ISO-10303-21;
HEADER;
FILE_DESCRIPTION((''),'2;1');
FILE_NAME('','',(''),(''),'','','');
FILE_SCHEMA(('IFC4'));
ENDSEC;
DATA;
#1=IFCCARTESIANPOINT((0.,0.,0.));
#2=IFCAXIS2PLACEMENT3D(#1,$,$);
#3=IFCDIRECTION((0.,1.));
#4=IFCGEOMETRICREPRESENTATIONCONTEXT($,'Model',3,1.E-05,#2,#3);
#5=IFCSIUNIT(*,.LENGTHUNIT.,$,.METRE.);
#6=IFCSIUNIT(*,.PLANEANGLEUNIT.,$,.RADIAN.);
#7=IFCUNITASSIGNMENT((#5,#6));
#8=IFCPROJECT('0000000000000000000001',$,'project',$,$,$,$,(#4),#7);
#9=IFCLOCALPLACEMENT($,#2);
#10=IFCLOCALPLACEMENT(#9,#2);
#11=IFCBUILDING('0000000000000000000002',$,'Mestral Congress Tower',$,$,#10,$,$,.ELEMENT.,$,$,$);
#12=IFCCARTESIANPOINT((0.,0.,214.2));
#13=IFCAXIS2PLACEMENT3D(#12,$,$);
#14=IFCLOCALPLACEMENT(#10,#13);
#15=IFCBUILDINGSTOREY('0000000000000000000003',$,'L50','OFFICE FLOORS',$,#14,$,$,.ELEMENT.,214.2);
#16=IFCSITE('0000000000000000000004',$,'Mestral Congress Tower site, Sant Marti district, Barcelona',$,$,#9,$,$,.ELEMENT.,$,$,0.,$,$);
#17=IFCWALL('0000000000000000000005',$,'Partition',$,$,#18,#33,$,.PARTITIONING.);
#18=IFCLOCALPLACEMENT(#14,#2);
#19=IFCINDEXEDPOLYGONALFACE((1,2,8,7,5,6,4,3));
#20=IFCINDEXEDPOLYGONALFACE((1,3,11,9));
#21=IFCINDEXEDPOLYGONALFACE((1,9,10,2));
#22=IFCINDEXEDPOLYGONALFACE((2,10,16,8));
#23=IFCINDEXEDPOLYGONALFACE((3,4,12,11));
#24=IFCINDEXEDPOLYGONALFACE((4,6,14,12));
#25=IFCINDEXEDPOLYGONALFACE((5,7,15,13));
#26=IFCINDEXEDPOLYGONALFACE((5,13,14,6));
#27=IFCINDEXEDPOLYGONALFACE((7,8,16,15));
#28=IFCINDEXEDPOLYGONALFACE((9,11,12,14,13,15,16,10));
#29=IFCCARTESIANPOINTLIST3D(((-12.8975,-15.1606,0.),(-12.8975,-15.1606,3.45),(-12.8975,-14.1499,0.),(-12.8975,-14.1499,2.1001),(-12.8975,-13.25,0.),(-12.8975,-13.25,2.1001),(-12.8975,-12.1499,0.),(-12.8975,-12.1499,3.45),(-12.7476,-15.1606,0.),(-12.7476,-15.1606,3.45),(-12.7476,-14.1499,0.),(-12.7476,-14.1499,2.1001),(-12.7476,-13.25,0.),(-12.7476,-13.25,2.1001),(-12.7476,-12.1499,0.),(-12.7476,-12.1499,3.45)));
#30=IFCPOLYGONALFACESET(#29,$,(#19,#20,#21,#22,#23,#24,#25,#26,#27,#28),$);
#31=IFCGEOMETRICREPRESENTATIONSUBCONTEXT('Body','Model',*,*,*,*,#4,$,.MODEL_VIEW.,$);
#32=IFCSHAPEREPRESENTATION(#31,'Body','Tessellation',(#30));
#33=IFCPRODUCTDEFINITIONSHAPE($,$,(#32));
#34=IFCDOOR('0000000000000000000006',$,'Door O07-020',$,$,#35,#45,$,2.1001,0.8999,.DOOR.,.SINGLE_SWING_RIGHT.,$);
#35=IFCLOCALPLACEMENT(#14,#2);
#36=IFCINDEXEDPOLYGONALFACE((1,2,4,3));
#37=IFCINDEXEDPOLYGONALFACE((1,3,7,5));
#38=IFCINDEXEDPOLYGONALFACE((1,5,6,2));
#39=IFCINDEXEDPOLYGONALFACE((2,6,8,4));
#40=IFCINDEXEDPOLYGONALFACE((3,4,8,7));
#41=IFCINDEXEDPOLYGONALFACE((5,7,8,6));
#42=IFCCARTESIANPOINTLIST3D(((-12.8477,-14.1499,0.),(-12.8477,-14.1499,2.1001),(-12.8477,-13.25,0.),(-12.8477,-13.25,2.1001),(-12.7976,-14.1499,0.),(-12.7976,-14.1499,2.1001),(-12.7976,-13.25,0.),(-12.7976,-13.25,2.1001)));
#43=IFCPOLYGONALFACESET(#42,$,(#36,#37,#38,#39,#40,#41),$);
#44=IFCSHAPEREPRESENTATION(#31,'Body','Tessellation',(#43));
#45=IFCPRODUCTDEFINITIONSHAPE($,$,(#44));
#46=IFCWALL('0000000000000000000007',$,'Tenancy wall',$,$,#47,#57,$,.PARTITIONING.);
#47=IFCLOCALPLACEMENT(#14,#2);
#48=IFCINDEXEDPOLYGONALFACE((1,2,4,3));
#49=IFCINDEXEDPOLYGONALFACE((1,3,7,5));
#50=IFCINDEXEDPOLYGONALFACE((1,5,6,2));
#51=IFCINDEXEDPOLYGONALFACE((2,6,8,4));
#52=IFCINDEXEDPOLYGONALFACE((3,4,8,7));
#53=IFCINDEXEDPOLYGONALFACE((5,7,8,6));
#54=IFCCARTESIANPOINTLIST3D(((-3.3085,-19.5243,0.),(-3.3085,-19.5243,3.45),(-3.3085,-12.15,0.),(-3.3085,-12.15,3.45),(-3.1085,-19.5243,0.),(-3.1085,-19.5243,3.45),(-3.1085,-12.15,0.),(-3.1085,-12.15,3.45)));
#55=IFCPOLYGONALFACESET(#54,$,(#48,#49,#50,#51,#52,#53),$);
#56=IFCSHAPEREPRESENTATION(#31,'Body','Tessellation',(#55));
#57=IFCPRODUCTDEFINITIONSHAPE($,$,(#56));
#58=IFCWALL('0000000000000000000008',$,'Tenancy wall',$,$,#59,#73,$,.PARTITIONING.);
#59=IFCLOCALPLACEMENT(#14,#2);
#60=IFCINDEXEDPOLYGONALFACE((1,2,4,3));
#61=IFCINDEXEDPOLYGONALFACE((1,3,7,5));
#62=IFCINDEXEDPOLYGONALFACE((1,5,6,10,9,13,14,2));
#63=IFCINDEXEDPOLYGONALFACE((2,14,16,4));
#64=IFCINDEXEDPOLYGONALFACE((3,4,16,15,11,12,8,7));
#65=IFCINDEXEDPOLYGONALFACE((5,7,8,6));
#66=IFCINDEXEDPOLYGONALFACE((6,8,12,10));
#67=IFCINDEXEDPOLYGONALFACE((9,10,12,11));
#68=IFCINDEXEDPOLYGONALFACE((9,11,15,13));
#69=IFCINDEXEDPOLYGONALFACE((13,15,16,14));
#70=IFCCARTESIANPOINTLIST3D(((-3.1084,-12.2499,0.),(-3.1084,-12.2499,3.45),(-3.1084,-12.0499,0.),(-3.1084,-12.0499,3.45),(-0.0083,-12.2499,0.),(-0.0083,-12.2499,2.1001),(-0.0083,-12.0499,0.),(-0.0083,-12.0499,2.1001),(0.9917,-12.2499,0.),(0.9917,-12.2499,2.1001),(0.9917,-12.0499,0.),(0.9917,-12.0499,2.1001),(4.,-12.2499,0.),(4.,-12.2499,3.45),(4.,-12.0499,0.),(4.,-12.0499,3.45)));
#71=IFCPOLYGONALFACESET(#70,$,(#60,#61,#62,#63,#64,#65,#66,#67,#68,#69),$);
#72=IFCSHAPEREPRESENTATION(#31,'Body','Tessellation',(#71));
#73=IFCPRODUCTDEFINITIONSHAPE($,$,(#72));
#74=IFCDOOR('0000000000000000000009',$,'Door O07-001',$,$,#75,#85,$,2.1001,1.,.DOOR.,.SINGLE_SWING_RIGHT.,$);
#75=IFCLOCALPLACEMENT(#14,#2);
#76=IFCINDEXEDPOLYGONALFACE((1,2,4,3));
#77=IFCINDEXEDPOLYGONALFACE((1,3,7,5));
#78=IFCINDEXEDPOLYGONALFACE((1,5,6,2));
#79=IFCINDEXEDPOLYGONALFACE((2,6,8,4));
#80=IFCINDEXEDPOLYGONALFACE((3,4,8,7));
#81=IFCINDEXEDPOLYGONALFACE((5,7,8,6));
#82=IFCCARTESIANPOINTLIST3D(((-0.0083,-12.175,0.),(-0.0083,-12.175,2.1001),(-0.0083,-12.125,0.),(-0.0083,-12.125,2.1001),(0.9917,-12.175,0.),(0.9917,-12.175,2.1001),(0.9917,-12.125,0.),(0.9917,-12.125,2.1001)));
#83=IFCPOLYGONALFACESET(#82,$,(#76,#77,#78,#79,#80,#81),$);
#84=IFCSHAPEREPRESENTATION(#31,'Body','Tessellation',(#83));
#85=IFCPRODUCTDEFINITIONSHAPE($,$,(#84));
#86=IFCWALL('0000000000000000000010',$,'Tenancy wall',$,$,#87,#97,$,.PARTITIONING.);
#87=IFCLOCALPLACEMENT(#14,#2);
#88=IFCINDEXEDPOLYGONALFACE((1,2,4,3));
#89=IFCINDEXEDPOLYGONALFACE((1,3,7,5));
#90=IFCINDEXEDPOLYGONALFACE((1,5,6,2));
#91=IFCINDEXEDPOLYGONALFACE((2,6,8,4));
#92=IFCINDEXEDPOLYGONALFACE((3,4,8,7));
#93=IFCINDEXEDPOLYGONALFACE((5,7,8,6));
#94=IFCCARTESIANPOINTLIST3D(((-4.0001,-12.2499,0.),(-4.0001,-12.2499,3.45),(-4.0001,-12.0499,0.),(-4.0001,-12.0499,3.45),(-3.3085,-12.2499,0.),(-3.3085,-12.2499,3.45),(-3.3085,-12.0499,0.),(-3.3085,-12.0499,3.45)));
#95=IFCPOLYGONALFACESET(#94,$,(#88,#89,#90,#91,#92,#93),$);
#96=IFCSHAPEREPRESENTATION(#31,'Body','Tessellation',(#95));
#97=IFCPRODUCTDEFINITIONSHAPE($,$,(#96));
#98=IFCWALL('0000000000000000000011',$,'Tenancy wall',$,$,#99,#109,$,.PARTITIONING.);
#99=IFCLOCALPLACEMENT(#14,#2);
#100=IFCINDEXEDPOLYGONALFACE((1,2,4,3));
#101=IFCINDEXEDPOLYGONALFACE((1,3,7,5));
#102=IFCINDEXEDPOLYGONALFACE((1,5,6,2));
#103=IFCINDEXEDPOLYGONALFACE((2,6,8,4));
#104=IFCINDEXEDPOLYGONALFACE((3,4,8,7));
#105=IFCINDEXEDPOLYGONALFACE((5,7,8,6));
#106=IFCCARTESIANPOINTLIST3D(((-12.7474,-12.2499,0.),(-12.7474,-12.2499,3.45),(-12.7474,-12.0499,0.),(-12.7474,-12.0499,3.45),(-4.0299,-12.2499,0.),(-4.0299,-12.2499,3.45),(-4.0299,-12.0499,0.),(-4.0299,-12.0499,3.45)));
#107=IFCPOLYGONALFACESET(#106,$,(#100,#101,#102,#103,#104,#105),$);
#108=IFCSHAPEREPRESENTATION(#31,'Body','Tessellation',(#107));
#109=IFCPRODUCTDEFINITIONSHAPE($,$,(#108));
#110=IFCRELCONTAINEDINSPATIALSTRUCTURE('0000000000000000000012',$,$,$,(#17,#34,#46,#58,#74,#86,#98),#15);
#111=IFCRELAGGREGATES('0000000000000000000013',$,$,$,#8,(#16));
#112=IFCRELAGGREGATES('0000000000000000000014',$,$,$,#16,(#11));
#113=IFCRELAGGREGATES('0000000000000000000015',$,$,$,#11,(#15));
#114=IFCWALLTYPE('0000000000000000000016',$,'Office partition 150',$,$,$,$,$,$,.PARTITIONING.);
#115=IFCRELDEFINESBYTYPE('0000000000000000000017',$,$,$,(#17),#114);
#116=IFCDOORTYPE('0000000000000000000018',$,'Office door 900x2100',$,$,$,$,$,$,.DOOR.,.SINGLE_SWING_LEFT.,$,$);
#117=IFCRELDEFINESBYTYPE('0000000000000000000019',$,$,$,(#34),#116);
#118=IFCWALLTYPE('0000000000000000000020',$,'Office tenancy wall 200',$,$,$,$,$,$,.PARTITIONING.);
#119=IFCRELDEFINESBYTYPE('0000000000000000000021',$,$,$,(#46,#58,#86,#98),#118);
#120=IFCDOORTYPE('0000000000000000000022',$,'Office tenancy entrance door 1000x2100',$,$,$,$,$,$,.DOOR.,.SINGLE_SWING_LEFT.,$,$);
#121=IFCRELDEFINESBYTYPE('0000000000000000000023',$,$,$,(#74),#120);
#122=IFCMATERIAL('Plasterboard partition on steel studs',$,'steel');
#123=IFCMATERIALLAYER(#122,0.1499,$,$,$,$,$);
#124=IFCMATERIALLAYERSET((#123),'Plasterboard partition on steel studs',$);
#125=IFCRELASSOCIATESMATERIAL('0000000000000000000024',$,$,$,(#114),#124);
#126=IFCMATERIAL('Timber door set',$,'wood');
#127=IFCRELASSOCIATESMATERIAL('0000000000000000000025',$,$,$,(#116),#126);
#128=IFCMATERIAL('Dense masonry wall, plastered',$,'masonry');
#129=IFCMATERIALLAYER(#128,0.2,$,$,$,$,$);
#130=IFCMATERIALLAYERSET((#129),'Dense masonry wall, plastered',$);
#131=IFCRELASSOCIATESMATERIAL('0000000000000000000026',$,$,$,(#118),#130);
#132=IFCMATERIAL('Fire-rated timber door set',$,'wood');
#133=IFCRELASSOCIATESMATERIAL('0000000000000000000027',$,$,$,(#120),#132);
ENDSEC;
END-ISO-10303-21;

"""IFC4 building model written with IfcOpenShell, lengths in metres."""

from ifc_helpers import new_model, si_unit, direction, frame, frame_2d, origin, place, context, subcontext, project, spatial, rectangle, extrude, material, layer, layer_set, type_object, element, fill, save


model = new_model("IFC4")

# Units and contexts
model_context = context("Model", 3, precision=1e-05, world=origin(), true_north=direction((0.0, 1.0)))
body_context = subcontext(model_context, "Body", "Model", "MODEL_VIEW")
ifc_project = project(units=[si_unit("LENGTHUNIT", "METRE"), si_unit("PLANEANGLEUNIT", "RADIAN")], contexts=[model_context])

# Site, building, storey
site_placement = place(None, origin())
site = spatial("IfcSite", under=ifc_project, at=site_placement, Name="Mestral Congress Tower site, Sant Marti district, Barcelona", CompositionType="ELEMENT", RefElevation=0.0)
building_placement = place(site_placement, origin())
building = spatial("IfcBuilding", under=site, at=building_placement, Name="Mestral Congress Tower", CompositionType="ELEMENT")
storey_placement = place(building_placement, frame((0.0, 0.0, 214.2)))
storey = spatial("IfcBuildingStorey", under=building, at=storey_placement, Name="L50", Description="OFFICE FLOORS", CompositionType="ELEMENT", Elevation=214.2)

# Shared definitions
ifc_material_1 = material(Name="Plasterboard partition on steel studs", Category="steel")
ifc_layer_1 = layer(ifc_material_1, 0.1499)
ifc_layer_set_1 = layer_set([ifc_layer_1], Name="Plasterboard partition on steel studs")
wall_type_1 = type_object("IfcWallType", Name="Office partition 150", PredefinedType="PARTITIONING", material=ifc_layer_set_1)
ifc_material_2 = material(Name="Timber door set", Category="wood")
door_type_1 = type_object("IfcDoorType", Name="Office door 900x2100", OperationType="SINGLE_SWING_LEFT", PredefinedType="DOOR", material=ifc_material_2)

# Wall, opening, door
wall_1_placement = place(storey_placement, frame((-12.8225, -12.1499, 0.0), z_axis=(0.0, 0.0, 1.0), x_axis=(0.0, -1.0, 0.0)))
wall_1 = element("IfcWall", 1, at=wall_1_placement, inside=storey, type_object=wall_type_1, Name="Partition", PredefinedType="PARTITIONING", context=body_context, shape_type="SweptSolid", body=[
    extrude(rectangle(XDim=3.0107, YDim=0.1499, at=frame_2d((1.5054, 0.0))), origin(), (0.0, 0.0, 1.0), 3.45),
])
opening_1_placement = place(wall_1_placement, frame((1.1001, 0.0, 0.0)))
opening_1 = element("IfcOpeningElement", 2, at=opening_1_placement, cuts=wall_1, PredefinedType="OPENING", context=body_context, shape_type="SweptSolid", body=[
    extrude(rectangle(XDim=0.8999, YDim=2.1001, at=frame_2d((0.45, 1.05))), frame((0.0, 0.085, 0.0), z_axis=(0.0, -1.0, 0.0), x_axis=(1.0, 0.0, 0.0)), (0.0, 0.0, 1.0), 0.1699),
])
door_1_placement = place(opening_1_placement, origin())
door_1 = element("IfcDoor", 3, at=door_1_placement, inside=storey, type_object=door_type_1, Name="Door O07-020", OperationType="SINGLE_SWING_RIGHT", OverallHeight=2.1001, OverallWidth=0.8999, PredefinedType="DOOR", context=body_context, shape_type="SweptSolid", body=[
    extrude(rectangle(XDim=0.8999, YDim=2.1001, at=frame_2d((0.45, 1.05))), frame((0.0, 0.0249, 0.0), z_axis=(0.0, -1.0, 0.0), x_axis=(1.0, 0.0, 0.0)), (0.0, 0.0, 1.0), 0.05),
])
fill(opening_1, door_1)

# Wall
ifc_material_3 = material(Name="Dense masonry wall, plastered", Category="masonry")
ifc_layer_2 = layer(ifc_material_3, 0.2)
ifc_layer_set_2 = layer_set([ifc_layer_2], Name="Dense masonry wall, plastered")
wall_type_2 = type_object("IfcWallType", Name="Office tenancy wall 200", PredefinedType="PARTITIONING", material=ifc_layer_set_2)
wall_2_placement = place(storey_placement, frame((-3.2085, -19.5242, 0.0), z_axis=(0.0, 0.0, 1.0), x_axis=(0.0, 1.0, 0.0)))
element("IfcWall", 4, at=wall_2_placement, inside=storey, type_object=wall_type_2, Name="Tenancy wall", PredefinedType="PARTITIONING", context=body_context, shape_type="SweptSolid", body=[
    extrude(rectangle(XDim=7.3743, YDim=0.2, at=frame_2d((3.687, 0.0))), origin(), (0.0, 0.0, 1.0), 3.45),
])

# Wall, opening, door
wall_3_placement = place(storey_placement, frame((-3.1084, -12.1499, 0.0), z_axis=(0.0, 0.0, 1.0), x_axis=(1.0, 0.0, 0.0)))
wall_3 = element("IfcWall", 5, at=wall_3_placement, inside=storey, type_object=wall_type_2, Name="Tenancy wall", PredefinedType="PARTITIONING", context=body_context, shape_type="SweptSolid", body=[
    extrude(rectangle(XDim=7.1084, YDim=0.2, at=frame_2d((3.5542, 0.0))), origin(), (0.0, 0.0, 1.0), 3.45),
])
opening_2_placement = place(wall_3_placement, frame((3.1001, 0.0, 0.0)))
opening_2 = element("IfcOpeningElement", 6, at=opening_2_placement, cuts=wall_3, PredefinedType="OPENING", context=body_context, shape_type="SweptSolid", body=[
    extrude(rectangle(XDim=1.0, YDim=2.1001, at=frame_2d((0.5, 1.05))), frame((0.0, 0.1099, 0.0), z_axis=(0.0, -1.0, 0.0), x_axis=(1.0, 0.0, 0.0)), (0.0, 0.0, 1.0), 0.22),
])
ifc_material_4 = material(Name="Fire-rated timber door set", Category="wood")
door_type_2 = type_object("IfcDoorType", Name="Office tenancy entrance door 1000x2100", OperationType="SINGLE_SWING_LEFT", PredefinedType="DOOR", material=ifc_material_4)
door_2_placement = place(opening_2_placement, origin())
door_2 = element("IfcDoor", 7, at=door_2_placement, inside=storey, type_object=door_type_2, Name="Door O07-001", OperationType="SINGLE_SWING_RIGHT", OverallHeight=2.1001, OverallWidth=1.0, PredefinedType="DOOR", context=body_context, shape_type="SweptSolid", body=[
    extrude(rectangle(XDim=1.0, YDim=2.1001, at=frame_2d((0.5, 1.05))), frame((0.0, 0.0249, 0.0), z_axis=(0.0, -1.0, 0.0), x_axis=(1.0, 0.0, 0.0)), (0.0, 0.0, 1.0), 0.05),
])
fill(opening_2, door_2)

# Walls
wall_4_placement = place(storey_placement, frame((-4.0, -12.1499, 0.0), z_axis=(0.0, 0.0, 1.0), x_axis=(1.0, 0.0, 0.0)))
element("IfcWall", 8, at=wall_4_placement, inside=storey, type_object=wall_type_2, Name="Tenancy wall", PredefinedType="PARTITIONING", context=body_context, shape_type="SweptSolid", body=[
    extrude(rectangle(XDim=0.6917, YDim=0.2, at=frame_2d((0.3457, 0.0))), origin(), (0.0, 0.0, 1.0), 3.45),
])
wall_5_placement = place(storey_placement, frame((-12.7476, -12.1499, 0.0), z_axis=(0.0, 0.0, 1.0), x_axis=(1.0, 0.0, 0.0)))
element("IfcWall", 9, at=wall_5_placement, inside=storey, type_object=wall_type_2, Name="Tenancy wall", PredefinedType="PARTITIONING", context=body_context, shape_type="SweptSolid", body=[
    extrude(rectangle(XDim=8.7175, YDim=0.2, at=frame_2d((4.3589, 0.0))), origin(), (0.0, 0.0, 1.0), 3.45),
])

save(model, "model.ifc")
